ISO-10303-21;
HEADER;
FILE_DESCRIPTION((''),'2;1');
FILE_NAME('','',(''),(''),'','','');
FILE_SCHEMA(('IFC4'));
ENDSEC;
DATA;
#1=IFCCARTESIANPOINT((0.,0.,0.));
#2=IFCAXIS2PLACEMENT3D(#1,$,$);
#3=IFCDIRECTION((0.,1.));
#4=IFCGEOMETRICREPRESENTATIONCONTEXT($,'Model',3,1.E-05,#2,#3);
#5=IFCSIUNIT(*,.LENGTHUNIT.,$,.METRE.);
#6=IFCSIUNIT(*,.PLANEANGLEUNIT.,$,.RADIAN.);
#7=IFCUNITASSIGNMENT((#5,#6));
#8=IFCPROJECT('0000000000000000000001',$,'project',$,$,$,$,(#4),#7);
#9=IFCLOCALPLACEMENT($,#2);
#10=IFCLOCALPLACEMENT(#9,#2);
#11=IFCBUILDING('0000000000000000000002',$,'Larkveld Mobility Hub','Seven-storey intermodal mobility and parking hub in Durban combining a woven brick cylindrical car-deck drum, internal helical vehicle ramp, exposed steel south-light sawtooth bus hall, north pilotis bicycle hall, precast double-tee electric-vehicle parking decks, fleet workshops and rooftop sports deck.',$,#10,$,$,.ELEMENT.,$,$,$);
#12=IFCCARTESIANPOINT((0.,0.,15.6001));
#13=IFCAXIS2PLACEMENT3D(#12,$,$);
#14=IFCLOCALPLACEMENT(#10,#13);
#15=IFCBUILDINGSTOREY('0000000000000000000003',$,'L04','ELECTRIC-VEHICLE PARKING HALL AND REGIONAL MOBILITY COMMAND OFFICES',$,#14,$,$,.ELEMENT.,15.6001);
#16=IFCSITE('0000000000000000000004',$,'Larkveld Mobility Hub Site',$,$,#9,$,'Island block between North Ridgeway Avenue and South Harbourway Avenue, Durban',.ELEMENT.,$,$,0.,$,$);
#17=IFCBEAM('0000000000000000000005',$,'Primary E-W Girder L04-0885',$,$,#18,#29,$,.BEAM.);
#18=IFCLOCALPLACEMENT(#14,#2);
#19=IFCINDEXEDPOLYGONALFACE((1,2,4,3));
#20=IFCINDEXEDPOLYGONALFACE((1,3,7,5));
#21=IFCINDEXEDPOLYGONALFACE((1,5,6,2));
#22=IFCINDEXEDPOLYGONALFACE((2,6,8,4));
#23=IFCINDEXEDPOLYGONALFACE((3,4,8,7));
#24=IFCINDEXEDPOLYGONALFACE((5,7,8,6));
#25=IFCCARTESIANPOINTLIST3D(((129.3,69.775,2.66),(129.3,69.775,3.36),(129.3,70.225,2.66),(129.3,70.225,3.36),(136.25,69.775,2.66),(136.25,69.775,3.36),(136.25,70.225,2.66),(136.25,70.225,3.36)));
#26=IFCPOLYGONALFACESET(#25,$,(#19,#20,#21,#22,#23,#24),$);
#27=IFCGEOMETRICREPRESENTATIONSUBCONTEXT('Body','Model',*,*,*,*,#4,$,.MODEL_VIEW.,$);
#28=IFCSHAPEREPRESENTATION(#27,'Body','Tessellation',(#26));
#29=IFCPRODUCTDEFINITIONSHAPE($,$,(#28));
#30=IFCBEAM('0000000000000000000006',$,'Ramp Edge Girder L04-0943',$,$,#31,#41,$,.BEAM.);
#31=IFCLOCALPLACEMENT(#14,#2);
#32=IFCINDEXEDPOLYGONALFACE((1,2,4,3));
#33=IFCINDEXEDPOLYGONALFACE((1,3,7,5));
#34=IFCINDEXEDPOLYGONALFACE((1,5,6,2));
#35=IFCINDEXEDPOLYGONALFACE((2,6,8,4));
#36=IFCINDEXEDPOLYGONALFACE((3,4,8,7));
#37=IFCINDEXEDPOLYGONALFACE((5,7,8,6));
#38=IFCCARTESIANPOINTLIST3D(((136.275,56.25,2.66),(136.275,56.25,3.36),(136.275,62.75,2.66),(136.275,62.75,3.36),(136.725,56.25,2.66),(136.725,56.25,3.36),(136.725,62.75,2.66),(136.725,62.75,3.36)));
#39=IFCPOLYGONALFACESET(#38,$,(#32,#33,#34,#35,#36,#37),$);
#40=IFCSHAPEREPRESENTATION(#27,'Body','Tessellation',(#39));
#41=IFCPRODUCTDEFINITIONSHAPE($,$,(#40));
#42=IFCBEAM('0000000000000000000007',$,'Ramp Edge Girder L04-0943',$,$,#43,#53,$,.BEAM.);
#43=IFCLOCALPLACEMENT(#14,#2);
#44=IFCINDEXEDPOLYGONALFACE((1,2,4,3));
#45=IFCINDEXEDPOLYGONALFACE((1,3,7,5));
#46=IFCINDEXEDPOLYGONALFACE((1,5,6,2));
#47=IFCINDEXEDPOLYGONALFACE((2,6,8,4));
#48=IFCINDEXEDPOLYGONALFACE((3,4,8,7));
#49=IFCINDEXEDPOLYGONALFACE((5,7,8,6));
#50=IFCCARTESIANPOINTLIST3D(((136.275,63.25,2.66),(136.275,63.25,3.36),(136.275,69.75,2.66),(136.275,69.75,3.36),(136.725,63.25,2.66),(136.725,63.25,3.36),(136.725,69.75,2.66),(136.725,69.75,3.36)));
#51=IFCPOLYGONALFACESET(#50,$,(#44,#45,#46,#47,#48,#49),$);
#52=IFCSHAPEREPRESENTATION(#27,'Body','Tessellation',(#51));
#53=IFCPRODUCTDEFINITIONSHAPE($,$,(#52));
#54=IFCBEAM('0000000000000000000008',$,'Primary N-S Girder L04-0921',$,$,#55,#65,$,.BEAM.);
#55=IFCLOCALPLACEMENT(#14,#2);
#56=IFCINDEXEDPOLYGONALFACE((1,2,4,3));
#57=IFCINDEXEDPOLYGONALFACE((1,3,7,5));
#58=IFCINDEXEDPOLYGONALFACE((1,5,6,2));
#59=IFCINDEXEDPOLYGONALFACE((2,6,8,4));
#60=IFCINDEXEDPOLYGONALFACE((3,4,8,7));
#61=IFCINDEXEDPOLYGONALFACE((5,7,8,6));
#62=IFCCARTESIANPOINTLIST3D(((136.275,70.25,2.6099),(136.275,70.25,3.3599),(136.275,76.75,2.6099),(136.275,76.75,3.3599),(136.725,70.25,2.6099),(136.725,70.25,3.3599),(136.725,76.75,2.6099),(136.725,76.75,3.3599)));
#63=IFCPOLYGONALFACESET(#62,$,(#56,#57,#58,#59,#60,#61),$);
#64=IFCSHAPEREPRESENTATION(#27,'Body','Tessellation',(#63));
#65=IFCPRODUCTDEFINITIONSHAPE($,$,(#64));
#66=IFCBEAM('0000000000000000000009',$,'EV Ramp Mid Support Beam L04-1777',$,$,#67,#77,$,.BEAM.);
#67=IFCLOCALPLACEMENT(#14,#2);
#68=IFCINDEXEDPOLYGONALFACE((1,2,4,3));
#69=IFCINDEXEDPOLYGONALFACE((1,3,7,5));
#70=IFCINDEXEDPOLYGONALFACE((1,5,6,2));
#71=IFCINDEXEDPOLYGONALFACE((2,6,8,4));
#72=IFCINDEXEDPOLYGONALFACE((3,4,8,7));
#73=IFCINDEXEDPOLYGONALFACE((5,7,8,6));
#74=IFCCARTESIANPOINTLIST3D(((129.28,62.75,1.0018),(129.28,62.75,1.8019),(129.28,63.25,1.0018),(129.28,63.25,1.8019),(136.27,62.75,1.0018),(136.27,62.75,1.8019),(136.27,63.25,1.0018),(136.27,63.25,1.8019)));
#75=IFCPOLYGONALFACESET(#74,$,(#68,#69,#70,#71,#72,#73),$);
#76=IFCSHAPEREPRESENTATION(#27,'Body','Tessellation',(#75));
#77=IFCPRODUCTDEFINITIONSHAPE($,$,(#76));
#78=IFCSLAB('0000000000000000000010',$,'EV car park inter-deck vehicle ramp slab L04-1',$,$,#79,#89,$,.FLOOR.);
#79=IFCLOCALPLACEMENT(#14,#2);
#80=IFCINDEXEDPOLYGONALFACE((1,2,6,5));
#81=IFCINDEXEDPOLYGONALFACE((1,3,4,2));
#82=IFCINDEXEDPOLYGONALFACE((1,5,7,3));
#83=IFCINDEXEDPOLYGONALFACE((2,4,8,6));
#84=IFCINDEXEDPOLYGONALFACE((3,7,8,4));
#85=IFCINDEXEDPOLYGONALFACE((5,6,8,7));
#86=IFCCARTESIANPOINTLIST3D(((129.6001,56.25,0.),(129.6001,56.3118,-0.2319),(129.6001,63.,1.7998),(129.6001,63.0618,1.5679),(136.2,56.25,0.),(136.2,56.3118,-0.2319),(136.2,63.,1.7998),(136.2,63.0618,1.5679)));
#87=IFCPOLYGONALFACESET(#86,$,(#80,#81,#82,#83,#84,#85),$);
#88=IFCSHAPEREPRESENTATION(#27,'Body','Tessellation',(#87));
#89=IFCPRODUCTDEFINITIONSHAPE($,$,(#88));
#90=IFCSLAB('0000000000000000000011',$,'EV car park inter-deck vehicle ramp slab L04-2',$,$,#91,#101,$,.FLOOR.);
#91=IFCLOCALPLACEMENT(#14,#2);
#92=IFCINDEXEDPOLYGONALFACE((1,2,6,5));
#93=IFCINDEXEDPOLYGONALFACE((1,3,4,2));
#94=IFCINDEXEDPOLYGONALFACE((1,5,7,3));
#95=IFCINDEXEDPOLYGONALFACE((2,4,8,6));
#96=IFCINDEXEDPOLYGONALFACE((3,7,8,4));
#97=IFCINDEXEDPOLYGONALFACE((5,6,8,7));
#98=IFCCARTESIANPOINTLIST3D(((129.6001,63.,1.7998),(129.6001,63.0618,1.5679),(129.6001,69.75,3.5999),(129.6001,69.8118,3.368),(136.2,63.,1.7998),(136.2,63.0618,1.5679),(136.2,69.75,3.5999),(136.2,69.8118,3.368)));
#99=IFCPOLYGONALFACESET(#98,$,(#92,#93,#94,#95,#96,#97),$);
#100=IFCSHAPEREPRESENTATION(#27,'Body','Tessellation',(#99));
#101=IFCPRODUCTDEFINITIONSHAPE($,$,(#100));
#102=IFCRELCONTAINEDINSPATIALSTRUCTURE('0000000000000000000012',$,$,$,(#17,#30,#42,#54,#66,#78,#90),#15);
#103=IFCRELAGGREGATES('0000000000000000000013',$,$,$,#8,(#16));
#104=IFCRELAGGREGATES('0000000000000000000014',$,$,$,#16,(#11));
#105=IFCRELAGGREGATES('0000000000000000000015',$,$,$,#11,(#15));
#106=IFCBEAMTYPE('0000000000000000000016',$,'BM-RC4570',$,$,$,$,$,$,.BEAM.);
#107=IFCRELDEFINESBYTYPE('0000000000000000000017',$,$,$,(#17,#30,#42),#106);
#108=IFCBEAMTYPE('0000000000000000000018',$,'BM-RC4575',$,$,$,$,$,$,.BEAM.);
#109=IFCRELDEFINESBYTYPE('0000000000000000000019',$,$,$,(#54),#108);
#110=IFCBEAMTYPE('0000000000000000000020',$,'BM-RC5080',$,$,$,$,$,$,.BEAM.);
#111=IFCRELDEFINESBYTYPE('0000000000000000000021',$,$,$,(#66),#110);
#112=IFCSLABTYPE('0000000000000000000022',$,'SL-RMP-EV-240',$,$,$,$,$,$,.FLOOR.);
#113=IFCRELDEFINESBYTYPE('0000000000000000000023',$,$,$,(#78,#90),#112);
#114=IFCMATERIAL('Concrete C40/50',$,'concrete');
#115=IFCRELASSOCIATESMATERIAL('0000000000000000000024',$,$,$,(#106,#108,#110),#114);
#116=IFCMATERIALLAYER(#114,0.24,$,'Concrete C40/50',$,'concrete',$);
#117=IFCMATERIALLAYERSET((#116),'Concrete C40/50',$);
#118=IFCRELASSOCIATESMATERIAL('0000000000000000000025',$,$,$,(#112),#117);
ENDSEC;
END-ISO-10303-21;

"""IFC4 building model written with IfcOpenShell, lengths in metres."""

from ifc_helpers import new_model, si_unit, direction, frame, origin, origin_2d, place, context, subcontext, project, spatial, polyline, rectangle, outline, extrude, material, layer, layer_set, material_profile, profile_set, type_object, element, save


model = new_model("IFC4")

# Units and contexts
model_context = context("Model", 3, precision=1e-05, world=origin(), true_north=direction((0.0, 1.0)))
body_context = subcontext(model_context, "Body", "Model", "MODEL_VIEW")
ifc_project = project(units=[si_unit("LENGTHUNIT", "METRE"), si_unit("PLANEANGLEUNIT", "RADIAN")], contexts=[model_context])

# Site, building, storey
site_placement = place(None, origin())
site = spatial("IfcSite", under=ifc_project, at=site_placement, Name="Larkveld Mobility Hub Site", LongName="Island block between North Ridgeway Avenue and South Harbourway Avenue, Durban", CompositionType="ELEMENT", RefElevation=0.0)
building_placement = place(site_placement, origin())
building = spatial("IfcBuilding", under=site, at=building_placement, Name="Larkveld Mobility Hub", Description="Seven-storey intermodal mobility and parking hub in Durban combining a woven brick cylindrical car-deck drum, internal helical vehicle ramp, exposed steel south-light sawtooth bus hall, north pilotis bicycle hall, precast double-tee electric-vehicle parking decks, fleet workshops and rooftop sports deck.", CompositionType="ELEMENT")
storey_placement = place(building_placement, frame((0.0, 0.0, 15.6001)))
storey = spatial("IfcBuildingStorey", under=building, at=storey_placement, Name="L04", Description="ELECTRIC-VEHICLE PARKING HALL AND REGIONAL MOBILITY COMMAND OFFICES", CompositionType="ELEMENT", Elevation=15.6001)

# Shared definitions
ifc_material_1 = material(Name="Concrete C40/50", Category="concrete")

# Beams
ifc_material_profile_1 = material_profile(ifc_material_1, rectangle(XDim=0.45, YDim=0.7, at=origin_2d()), Name="RC BM 450x700")
ifc_profile_set_1 = profile_set([ifc_material_profile_1], Name="Concrete C40/50")
beam_type_1 = type_object("IfcBeamType", Name="BM-RC4570", PredefinedType="BEAM", material=ifc_profile_set_1)
beam_1_placement = place(storey_placement, frame((129.3, 70.0, 3.01), z_axis=(1.0, 0.0, 0.0), x_axis=(0.0, 1.0, 0.0)))
element("IfcBeam", 1, at=beam_1_placement, inside=storey, type_object=beam_type_1, Name="Primary E-W Girder L04-0885", PredefinedType="BEAM", context=body_context, shape_type="SweptSolid", body=[
    extrude(rectangle(XDim=0.45, YDim=0.7, at=origin_2d()), origin(), (0.0, 0.0, 1.0), 6.95),
])
for number, where, z_axis, x_axis, name in (
    (2, (136.5, 56.25, 3.01), (0.0, 1.0, 0.0), (-1.0, 0.0, 0.0), "Ramp Edge Girder L04-0943"),
    (3, (136.5, 63.25, 3.01), (0.0, 1.0, 0.0), (-1.0, 0.0, 0.0), "Ramp Edge Girder L04-0943"),
):
    element("IfcBeam", number, at=place(storey_placement, frame(where, z_axis=z_axis, x_axis=x_axis)), inside=storey, type_object=beam_type_1, Name=name, PredefinedType="BEAM", context=body_context, shape_type="SweptSolid", body=[
        extrude(rectangle(XDim=0.45, YDim=0.7, at=origin_2d()), origin(), (0.0, 0.0, 1.0), 6.5),
    ])
ifc_material_profile_2 = material_profile(ifc_material_1, rectangle(XDim=0.45, YDim=0.75, at=origin_2d()), Name="RC BM 450x750")
ifc_profile_set_2 = profile_set([ifc_material_profile_2], Name="Concrete C40/50")
beam_type_2 = type_object("IfcBeamType", Name="BM-RC4575", PredefinedType="BEAM", material=ifc_profile_set_2)
beam_2_placement = place(storey_placement, frame((136.5, 70.25, 2.9849), z_axis=(0.0, 1.0, 0.0), x_axis=(-1.0, 0.0, 0.0)))
element("IfcBeam", 4, at=beam_2_placement, inside=storey, type_object=beam_type_2, Name="Primary N-S Girder L04-0921", PredefinedType="BEAM", context=body_context, shape_type="SweptSolid", body=[
    extrude(rectangle(XDim=0.45, YDim=0.75, at=origin_2d()), origin(), (0.0, 0.0, 1.0), 6.5),
])
ifc_material_profile_3 = material_profile(ifc_material_1, rectangle(XDim=0.5, YDim=0.8, at=origin_2d()), Name="RC BM 500x800")
ifc_profile_set_3 = profile_set([ifc_material_profile_3], Name="Concrete C40/50")
beam_type_3 = type_object("IfcBeamType", Name="BM-RC5080", PredefinedType="BEAM", material=ifc_profile_set_3)
beam_3_placement = place(storey_placement, frame((129.28, 63.0, 1.4019), z_axis=(1.0, 0.0, 0.0), x_axis=(0.0, 1.0, 0.0)))
element("IfcBeam", 5, at=beam_3_placement, inside=storey, type_object=beam_type_3, Name="EV Ramp Mid Support Beam L04-1777", PredefinedType="BEAM", context=body_context, shape_type="SweptSolid", body=[
    extrude(rectangle(XDim=0.5, YDim=0.8, at=origin_2d()), origin(), (0.0, 0.0, 1.0), 6.99),
])

# Slabs
ifc_layer = layer(ifc_material_1, 0.24, Name="Concrete C40/50", Category="concrete")
ifc_layer_set = layer_set([ifc_layer], Name="Concrete C40/50")
slab_type = type_object("IfcSlabType", Name="SL-RMP-EV-240", PredefinedType="FLOOR", material=ifc_layer_set)
slab_1_placement = place(storey_placement, frame((129.6001, 56.25, 0.0), z_axis=(0.0, -0.257637, 0.966242), x_axis=(1.0, 0.0, 0.0)))
element("IfcSlab", 6, at=slab_1_placement, inside=storey, type_object=slab_type, Name="EV car park inter-deck vehicle ramp slab L04-1", PredefinedType="FLOOR", context=body_context, shape_type="SweptSolid", body=[
    extrude(outline(polyline([(0.0, 0.0), (6.5999, 0.0), (6.5999, 6.9858), (0.0, 6.9858), (0.0, 0.0)])), origin(), (0.0, 0.0, -1.0), 0.24),
])
slab_2_placement = place(storey_placement, frame((129.6001, 63.0, 1.7998), z_axis=(0.0, -0.257669, 0.966233), x_axis=(1.0, 0.0, 0.0)))
element("IfcSlab", 7, at=slab_2_placement, inside=storey, type_object=slab_type, Name="EV car park inter-deck vehicle ramp slab L04-2", PredefinedType="FLOOR", context=body_context, shape_type="SweptSolid", body=[
    extrude(outline(polyline([(0.0, 0.0), (6.5999, 0.0), (6.5999, 6.9859), (0.0, 6.9859), (0.0, 0.0)])), origin(), (0.0, 0.0, -1.0), 0.24),
])

save(model, "model.ifc")
